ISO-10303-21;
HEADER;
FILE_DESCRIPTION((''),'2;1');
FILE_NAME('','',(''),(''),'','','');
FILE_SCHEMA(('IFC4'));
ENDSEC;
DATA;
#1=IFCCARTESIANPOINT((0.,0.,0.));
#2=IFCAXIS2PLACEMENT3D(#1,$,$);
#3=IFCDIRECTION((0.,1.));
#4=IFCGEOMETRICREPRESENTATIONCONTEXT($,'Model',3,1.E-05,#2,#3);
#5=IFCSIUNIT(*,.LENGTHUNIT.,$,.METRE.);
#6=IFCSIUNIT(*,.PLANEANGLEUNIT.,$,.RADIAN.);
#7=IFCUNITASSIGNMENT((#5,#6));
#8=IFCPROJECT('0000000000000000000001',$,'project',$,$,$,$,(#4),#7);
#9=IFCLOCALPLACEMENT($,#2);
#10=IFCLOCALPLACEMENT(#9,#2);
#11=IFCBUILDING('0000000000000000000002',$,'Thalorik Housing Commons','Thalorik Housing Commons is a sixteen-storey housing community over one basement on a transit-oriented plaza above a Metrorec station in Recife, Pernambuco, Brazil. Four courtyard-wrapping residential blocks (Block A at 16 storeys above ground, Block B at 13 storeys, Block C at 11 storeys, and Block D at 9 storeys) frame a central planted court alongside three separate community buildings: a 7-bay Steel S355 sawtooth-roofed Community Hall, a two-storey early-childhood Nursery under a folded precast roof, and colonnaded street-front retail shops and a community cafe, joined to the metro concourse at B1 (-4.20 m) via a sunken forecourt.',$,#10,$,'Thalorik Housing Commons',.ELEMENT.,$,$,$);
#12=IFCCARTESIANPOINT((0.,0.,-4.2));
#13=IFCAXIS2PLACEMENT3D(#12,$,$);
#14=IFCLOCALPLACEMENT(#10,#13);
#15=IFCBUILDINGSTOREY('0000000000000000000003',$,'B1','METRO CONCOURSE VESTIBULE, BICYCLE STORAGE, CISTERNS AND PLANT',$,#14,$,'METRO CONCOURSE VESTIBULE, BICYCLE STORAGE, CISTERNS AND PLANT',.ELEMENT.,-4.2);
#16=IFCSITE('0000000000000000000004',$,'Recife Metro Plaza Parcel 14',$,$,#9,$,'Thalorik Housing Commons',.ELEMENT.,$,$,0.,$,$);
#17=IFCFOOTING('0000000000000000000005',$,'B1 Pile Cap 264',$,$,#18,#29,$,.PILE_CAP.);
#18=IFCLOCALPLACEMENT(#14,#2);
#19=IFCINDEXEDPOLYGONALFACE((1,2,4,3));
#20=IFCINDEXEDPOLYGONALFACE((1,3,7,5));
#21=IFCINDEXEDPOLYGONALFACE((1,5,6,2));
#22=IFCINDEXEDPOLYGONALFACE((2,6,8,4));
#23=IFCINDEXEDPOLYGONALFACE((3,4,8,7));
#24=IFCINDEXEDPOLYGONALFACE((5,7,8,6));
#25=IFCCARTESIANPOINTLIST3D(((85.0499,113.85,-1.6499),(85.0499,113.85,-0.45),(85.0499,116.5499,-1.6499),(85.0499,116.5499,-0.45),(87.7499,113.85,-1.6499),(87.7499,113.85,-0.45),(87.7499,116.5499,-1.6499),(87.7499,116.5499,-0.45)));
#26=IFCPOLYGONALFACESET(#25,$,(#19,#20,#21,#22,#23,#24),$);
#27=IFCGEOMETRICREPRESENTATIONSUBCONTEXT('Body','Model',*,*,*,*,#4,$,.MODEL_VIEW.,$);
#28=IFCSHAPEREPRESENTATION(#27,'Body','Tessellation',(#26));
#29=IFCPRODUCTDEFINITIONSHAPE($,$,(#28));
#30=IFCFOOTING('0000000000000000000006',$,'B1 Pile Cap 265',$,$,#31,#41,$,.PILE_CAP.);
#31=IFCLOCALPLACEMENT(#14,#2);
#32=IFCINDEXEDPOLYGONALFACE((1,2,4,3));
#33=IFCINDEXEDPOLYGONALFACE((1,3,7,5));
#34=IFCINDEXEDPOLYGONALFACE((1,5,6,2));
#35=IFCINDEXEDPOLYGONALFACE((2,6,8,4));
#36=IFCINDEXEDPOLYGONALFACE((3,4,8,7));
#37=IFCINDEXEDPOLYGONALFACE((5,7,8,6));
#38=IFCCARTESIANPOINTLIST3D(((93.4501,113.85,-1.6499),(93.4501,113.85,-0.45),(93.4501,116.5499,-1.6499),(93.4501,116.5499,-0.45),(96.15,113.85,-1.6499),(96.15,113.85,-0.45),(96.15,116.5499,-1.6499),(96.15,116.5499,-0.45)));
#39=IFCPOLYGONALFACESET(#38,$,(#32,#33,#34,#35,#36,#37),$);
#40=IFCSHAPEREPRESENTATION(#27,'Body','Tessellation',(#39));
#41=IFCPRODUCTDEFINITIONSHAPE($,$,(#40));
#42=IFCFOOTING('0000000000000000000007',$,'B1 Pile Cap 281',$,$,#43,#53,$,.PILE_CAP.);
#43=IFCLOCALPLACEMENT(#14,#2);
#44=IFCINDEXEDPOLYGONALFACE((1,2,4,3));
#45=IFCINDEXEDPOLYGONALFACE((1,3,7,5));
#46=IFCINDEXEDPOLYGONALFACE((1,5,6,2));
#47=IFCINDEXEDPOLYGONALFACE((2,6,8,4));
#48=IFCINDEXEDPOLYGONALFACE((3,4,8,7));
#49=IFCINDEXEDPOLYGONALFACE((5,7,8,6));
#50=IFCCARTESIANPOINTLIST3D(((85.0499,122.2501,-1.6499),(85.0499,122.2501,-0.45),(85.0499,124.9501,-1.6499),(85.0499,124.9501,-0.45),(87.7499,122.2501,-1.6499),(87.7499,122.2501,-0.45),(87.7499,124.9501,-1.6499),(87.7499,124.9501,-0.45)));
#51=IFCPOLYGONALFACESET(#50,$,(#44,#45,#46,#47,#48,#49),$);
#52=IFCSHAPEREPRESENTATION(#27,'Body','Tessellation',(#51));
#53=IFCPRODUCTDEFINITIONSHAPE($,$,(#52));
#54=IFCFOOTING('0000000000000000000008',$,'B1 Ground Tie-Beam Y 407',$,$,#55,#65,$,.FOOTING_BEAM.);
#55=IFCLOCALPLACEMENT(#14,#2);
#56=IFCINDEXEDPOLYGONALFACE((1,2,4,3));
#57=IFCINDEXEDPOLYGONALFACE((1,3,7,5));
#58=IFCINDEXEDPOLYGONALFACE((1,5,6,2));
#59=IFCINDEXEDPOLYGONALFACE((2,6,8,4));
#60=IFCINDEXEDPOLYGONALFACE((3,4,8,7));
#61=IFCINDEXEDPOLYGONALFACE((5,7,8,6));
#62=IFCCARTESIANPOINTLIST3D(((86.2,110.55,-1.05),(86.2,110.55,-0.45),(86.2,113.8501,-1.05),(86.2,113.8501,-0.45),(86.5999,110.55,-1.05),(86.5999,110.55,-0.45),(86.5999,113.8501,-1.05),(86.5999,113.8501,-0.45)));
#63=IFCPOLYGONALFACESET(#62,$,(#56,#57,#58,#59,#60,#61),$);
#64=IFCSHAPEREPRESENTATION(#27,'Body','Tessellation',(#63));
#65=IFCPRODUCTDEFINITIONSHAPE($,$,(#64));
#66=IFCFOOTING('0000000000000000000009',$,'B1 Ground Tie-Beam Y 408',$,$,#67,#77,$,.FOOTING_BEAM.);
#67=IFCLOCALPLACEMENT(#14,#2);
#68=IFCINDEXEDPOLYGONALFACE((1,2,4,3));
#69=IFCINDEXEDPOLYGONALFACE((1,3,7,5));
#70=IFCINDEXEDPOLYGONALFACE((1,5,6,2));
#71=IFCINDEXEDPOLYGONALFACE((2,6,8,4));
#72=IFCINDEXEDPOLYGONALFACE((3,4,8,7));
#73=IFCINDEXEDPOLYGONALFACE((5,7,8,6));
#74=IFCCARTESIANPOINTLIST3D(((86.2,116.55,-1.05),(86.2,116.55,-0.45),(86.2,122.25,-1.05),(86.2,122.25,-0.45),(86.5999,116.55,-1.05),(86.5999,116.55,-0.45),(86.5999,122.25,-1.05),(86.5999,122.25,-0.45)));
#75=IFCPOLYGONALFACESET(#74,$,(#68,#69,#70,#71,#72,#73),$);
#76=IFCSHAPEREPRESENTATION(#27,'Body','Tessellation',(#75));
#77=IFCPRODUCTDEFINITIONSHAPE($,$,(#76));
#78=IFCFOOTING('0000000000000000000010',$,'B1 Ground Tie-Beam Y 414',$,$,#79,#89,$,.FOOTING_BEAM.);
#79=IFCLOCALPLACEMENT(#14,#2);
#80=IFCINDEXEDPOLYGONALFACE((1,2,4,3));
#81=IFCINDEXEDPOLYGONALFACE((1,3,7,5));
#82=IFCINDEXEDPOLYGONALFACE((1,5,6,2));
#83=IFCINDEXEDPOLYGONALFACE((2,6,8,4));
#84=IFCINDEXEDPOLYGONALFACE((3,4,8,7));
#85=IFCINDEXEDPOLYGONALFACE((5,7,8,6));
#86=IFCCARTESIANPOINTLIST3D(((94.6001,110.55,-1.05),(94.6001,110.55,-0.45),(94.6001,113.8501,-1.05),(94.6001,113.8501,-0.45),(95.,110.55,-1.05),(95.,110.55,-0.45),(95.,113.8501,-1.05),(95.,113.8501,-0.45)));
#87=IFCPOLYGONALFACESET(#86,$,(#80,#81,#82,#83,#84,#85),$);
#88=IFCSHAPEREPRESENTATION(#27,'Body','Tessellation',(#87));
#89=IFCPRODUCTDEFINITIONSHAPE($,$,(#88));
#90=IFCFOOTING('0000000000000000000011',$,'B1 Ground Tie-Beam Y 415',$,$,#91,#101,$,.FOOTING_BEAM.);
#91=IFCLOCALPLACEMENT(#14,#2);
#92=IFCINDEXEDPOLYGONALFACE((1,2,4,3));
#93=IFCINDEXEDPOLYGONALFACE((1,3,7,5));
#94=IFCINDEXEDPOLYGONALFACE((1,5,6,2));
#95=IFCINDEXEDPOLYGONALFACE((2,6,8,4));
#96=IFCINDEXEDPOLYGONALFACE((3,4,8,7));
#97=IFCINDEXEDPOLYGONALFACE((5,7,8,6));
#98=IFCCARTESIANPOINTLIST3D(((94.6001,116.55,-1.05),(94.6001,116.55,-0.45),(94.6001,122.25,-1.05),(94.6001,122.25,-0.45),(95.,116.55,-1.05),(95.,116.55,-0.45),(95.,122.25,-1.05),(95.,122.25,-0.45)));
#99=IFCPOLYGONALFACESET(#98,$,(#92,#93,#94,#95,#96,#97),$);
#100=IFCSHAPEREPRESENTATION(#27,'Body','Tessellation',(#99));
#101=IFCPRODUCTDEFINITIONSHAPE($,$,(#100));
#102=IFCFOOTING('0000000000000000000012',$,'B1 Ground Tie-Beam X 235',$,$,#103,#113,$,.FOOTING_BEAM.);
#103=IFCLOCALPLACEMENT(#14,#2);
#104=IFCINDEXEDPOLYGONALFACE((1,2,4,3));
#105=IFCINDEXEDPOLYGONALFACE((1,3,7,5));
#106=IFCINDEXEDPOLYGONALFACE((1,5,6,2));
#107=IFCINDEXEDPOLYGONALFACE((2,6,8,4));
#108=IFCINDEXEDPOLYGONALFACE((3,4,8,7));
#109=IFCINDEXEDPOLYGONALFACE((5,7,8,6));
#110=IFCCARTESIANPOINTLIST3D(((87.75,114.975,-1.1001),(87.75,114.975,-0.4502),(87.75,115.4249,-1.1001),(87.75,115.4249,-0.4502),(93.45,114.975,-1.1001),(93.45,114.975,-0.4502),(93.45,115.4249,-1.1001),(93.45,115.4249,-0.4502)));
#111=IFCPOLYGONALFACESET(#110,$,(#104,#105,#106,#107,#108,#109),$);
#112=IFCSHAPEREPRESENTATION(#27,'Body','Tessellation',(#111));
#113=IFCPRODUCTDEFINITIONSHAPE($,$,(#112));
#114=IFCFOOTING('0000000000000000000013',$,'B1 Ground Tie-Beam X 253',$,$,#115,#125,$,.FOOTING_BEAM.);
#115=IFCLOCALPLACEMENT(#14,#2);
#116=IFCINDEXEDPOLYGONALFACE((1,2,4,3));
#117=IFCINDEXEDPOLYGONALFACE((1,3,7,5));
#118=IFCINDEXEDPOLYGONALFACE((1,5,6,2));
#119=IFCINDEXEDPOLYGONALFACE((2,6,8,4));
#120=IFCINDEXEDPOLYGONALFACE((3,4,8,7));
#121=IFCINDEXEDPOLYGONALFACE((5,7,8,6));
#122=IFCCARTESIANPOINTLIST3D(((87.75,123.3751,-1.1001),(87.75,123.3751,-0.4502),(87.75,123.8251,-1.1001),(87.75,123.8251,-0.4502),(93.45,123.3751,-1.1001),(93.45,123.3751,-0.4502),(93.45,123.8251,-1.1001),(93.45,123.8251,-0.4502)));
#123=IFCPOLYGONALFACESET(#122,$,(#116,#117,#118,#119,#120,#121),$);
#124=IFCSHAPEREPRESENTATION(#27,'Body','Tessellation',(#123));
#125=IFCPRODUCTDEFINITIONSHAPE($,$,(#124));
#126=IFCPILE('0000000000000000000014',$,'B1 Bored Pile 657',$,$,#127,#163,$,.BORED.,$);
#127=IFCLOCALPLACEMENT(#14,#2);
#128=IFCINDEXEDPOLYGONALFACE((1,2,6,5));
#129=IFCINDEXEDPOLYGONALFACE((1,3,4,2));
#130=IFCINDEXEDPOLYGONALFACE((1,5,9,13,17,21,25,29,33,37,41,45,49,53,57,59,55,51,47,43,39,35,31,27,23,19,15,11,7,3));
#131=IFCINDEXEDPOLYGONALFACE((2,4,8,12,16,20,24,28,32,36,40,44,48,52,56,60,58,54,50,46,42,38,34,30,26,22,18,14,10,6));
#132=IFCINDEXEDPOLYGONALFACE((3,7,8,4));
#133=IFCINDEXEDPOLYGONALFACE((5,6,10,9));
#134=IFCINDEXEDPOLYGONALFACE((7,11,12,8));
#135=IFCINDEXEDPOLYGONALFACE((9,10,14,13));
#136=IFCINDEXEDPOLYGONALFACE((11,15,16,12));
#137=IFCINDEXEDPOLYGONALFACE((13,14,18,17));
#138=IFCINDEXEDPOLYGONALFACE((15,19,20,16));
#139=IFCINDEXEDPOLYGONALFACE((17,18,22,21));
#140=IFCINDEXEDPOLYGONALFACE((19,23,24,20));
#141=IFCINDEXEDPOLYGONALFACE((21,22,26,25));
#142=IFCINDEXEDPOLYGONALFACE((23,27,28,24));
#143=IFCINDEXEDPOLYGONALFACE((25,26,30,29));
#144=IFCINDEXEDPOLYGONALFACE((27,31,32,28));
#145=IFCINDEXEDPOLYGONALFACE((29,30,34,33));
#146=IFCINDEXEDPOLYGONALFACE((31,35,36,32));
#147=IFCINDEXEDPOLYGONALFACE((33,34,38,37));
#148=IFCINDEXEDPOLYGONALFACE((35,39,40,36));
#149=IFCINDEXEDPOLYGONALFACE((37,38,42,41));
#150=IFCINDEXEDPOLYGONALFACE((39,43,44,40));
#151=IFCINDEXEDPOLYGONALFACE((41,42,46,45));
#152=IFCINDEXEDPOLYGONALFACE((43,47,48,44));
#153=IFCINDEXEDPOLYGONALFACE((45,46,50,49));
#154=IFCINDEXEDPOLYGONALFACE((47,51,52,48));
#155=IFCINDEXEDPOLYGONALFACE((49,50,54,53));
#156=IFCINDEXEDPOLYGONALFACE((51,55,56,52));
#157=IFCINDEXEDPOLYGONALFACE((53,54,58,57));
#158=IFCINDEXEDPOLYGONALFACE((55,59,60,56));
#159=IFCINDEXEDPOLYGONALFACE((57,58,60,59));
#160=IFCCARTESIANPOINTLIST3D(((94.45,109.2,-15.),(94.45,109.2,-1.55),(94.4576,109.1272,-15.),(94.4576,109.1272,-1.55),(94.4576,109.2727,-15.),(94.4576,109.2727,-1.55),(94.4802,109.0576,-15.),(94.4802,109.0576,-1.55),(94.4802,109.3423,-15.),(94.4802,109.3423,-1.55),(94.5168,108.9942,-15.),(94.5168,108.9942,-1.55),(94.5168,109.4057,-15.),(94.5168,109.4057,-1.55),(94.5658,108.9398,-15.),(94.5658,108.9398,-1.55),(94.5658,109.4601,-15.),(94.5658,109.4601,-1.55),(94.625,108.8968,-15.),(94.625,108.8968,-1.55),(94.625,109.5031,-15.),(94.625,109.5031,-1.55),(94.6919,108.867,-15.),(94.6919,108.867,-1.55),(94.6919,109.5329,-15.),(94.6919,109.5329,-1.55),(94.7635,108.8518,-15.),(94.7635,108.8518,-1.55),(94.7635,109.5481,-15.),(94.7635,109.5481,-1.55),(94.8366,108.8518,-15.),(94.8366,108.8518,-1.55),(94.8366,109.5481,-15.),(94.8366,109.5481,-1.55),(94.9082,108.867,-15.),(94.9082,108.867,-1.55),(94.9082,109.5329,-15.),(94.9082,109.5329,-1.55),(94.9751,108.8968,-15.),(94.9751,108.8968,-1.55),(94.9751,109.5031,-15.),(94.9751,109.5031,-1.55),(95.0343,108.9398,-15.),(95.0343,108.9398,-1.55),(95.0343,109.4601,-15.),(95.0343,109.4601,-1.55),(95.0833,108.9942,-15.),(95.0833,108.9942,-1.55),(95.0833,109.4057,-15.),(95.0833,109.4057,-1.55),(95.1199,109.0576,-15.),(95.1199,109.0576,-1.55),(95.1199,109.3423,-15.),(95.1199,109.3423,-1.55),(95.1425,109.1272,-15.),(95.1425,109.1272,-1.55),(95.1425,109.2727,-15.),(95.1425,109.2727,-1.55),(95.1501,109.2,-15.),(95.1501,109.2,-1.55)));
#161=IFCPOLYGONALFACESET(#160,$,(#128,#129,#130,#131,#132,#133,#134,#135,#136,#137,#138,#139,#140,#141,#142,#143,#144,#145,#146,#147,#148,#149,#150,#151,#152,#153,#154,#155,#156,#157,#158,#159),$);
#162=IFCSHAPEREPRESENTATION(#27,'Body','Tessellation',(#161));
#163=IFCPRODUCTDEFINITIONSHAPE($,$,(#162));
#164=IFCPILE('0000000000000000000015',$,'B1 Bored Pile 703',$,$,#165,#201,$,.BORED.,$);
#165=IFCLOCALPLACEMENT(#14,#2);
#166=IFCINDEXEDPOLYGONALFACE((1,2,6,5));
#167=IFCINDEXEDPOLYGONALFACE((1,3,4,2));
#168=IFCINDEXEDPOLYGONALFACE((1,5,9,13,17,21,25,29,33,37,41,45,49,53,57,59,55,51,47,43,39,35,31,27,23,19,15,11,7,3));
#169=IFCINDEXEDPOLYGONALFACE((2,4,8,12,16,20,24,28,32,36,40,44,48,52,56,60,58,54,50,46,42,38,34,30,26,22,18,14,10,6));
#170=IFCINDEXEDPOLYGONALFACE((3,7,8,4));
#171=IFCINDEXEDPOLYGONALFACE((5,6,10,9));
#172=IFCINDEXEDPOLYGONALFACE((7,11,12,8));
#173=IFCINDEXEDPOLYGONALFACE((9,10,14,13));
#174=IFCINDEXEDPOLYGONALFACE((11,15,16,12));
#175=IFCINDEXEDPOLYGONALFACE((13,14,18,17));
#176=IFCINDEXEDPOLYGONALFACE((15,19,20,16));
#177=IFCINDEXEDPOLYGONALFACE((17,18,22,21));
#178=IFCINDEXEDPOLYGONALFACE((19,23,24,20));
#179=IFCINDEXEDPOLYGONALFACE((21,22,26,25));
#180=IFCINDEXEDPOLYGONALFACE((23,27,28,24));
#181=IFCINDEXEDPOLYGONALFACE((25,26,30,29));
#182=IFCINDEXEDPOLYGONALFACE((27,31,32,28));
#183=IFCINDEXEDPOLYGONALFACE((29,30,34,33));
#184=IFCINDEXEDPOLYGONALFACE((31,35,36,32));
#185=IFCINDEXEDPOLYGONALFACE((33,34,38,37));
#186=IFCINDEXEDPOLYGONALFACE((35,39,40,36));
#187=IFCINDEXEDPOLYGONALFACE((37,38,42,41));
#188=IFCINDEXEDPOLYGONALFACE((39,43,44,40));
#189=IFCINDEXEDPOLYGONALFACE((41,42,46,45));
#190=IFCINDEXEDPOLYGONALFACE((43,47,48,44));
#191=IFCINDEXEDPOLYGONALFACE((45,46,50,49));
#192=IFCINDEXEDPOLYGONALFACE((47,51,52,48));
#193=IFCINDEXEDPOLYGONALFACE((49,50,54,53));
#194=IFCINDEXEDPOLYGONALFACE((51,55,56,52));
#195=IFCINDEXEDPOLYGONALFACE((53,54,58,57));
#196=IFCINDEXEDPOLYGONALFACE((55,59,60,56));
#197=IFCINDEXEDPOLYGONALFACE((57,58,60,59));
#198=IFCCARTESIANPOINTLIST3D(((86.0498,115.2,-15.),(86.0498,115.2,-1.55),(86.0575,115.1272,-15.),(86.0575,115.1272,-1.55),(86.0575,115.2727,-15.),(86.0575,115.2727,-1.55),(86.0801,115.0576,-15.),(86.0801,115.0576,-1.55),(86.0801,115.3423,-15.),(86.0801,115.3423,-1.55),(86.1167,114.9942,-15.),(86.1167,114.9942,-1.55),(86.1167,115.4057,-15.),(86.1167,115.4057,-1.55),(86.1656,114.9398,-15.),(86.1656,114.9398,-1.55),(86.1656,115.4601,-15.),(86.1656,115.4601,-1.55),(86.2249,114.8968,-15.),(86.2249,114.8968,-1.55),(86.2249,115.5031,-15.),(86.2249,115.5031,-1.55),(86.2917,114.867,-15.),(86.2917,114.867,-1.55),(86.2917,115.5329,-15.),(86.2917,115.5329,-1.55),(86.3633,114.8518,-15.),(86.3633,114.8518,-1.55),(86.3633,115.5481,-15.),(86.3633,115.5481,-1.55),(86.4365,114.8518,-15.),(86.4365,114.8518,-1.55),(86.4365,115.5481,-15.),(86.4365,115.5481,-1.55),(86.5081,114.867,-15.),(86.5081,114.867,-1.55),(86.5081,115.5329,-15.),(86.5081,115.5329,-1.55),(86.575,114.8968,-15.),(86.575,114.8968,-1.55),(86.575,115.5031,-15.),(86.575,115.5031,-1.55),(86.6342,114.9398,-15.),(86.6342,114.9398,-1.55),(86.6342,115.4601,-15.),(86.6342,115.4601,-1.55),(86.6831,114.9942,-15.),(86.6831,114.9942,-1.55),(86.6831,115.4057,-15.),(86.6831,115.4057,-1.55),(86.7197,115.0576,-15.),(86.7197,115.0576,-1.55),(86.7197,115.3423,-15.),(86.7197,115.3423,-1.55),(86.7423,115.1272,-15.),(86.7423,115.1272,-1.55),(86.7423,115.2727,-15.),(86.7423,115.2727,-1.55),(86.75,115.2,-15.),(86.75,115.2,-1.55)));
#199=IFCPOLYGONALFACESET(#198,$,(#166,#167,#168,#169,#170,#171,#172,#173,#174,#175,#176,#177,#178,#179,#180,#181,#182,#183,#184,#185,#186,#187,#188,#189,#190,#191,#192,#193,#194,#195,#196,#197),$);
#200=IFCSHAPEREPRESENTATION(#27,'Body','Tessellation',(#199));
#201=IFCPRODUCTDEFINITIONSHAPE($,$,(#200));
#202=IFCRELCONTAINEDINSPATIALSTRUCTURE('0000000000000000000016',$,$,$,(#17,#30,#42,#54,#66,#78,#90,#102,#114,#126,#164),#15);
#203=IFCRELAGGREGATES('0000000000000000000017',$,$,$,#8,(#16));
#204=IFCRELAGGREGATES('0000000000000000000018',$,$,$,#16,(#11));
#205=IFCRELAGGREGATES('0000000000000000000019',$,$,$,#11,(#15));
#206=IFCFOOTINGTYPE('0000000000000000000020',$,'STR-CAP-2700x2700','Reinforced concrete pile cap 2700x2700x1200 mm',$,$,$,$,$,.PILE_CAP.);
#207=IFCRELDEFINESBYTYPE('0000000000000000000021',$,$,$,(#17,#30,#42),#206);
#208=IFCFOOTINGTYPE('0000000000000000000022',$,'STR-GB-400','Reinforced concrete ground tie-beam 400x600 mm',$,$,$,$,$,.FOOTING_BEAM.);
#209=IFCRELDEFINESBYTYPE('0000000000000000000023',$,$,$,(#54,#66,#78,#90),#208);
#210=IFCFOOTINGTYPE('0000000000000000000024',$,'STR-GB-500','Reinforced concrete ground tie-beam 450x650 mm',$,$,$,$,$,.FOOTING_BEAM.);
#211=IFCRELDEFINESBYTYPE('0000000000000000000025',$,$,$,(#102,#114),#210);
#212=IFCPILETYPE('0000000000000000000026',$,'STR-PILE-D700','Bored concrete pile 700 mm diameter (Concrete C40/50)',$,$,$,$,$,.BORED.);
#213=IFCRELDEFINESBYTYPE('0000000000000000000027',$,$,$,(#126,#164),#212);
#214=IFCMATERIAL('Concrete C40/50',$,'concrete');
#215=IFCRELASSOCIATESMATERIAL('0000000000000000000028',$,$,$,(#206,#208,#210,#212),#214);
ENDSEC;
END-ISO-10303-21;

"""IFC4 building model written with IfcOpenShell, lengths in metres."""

from ifc_helpers import new_model, si_unit, direction, frame, origin, origin_2d, place, context, subcontext, project, spatial, rectangle, circle, extrude, material, material_profile, profile_set, type_object, element, save


model = new_model("IFC4")

# Units and contexts
model_context = context("Model", 3, precision=1e-05, world=origin(), true_north=direction((0.0, 1.0)))
body_context = subcontext(model_context, "Body", "Model", "MODEL_VIEW")
ifc_project = project(units=[si_unit("LENGTHUNIT", "METRE"), si_unit("PLANEANGLEUNIT", "RADIAN")], contexts=[model_context])

# Site, building, storey
site_placement = place(None, origin())
site = spatial("IfcSite", under=ifc_project, at=site_placement, Name="Recife Metro Plaza Parcel 14", LongName="Thalorik Housing Commons", CompositionType="ELEMENT", RefElevation=0.0)
building_placement = place(site_placement, origin())
building = spatial("IfcBuilding", under=site, at=building_placement, Name="Thalorik Housing Commons", Description="Thalorik Housing Commons is a sixteen-storey housing community over one basement on a transit-oriented plaza above a Metrorec station in Recife, Pernambuco, Brazil. Four courtyard-wrapping residential blocks (Block A at 16 storeys above ground, Block B at 13 storeys, Block C at 11 storeys, and Block D at 9 storeys) frame a central planted court alongside three separate community buildings: a 7-bay Steel S355 sawtooth-roofed Community Hall, a two-storey early-childhood Nursery under a folded precast roof, and colonnaded street-front retail shops and a community cafe, joined to the metro concourse at B1 (-4.20 m) via a sunken forecourt.", LongName="Thalorik Housing Commons", CompositionType="ELEMENT")
storey_placement = place(building_placement, frame((0.0, 0.0, -4.2)))
storey = spatial("IfcBuildingStorey", under=building, at=storey_placement, Name="B1", Description="METRO CONCOURSE VESTIBULE, BICYCLE STORAGE, CISTERNS AND PLANT", LongName="METRO CONCOURSE VESTIBULE, BICYCLE STORAGE, CISTERNS AND PLANT", CompositionType="ELEMENT", Elevation=-4.2)

# Footings
ifc_material_1 = material(Name="Concrete C40/50", Category="concrete")
footing_type_1 = type_object("IfcFootingType", Name="STR-CAP-2700x2700", Description="Reinforced concrete pile cap 2700x2700x1200 mm", PredefinedType="PILE_CAP", material=ifc_material_1)
for number, where, z_axis, x_axis, name in (
    (1, (86.3999, 115.2, -1.6499), (0.0, 0.0, 1.0), (1.0, 0.0, 0.0), "B1 Pile Cap 264"),
    (2, (94.8, 115.2, -1.6499), (0.0, 0.0, 1.0), (1.0, 0.0, 0.0), "B1 Pile Cap 265"),
    (3, (86.3999, 123.6001, -1.6499), (0.0, 0.0, 1.0), (1.0, 0.0, 0.0), "B1 Pile Cap 281"),
):
    element("IfcFooting", number, at=place(storey_placement, frame(where, z_axis=z_axis, x_axis=x_axis)), inside=storey, type_object=footing_type_1, Name=name, PredefinedType="PILE_CAP", context=body_context, shape_type="SweptSolid", body=[
        extrude(rectangle(XDim=2.7, YDim=2.7, at=origin_2d()), origin(), (0.0, 0.0, 1.0), 1.2),
    ])
ifc_material_profile_1 = material_profile(ifc_material_1, rectangle(XDim=0.3999, YDim=0.6001, at=origin_2d()), Name="RC 400x600", Category="concrete")
ifc_profile_set_1 = profile_set([ifc_material_profile_1], Name="Concrete C40/50")
footing_type_2 = type_object("IfcFootingType", Name="STR-GB-400", Description="Reinforced concrete ground tie-beam 400x600 mm", PredefinedType="FOOTING_BEAM", material=ifc_profile_set_1)
footing_1_placement = place(storey_placement, frame((86.3999, 110.55, -0.75), z_axis=(0.0, 1.0, 0.0), x_axis=(-1.0, 0.0, 0.0)))
element("IfcFooting", 4, at=footing_1_placement, inside=storey, type_object=footing_type_2, Name="B1 Ground Tie-Beam Y 407", PredefinedType="FOOTING_BEAM", context=body_context, shape_type="SweptSolid", body=[
    extrude(rectangle(XDim=0.3999, YDim=0.6001, at=origin_2d()), origin(), (0.0, 0.0, 1.0), 3.3),
])
footing_2_placement = place(storey_placement, frame((86.3999, 116.55, -0.75), z_axis=(0.0, 1.0, 0.0), x_axis=(-1.0, 0.0, 0.0)))
element("IfcFooting", 5, at=footing_2_placement, inside=storey, type_object=footing_type_2, Name="B1 Ground Tie-Beam Y 408", PredefinedType="FOOTING_BEAM", context=body_context, shape_type="SweptSolid", body=[
    extrude(rectangle(XDim=0.3999, YDim=0.6001, at=origin_2d()), origin(), (0.0, 0.0, 1.0), 5.7),
])
footing_3_placement = place(storey_placement, frame((94.8, 110.55, -0.75), z_axis=(0.0, 1.0, 0.0), x_axis=(-1.0, 0.0, 0.0)))
element("IfcFooting", 6, at=footing_3_placement, inside=storey, type_object=footing_type_2, Name="B1 Ground Tie-Beam Y 414", PredefinedType="FOOTING_BEAM", context=body_context, shape_type="SweptSolid", body=[
    extrude(rectangle(XDim=0.3999, YDim=0.6001, at=origin_2d()), origin(), (0.0, 0.0, 1.0), 3.3),
])
footing_4_placement = place(storey_placement, frame((94.8, 116.55, -0.75), z_axis=(0.0, 1.0, 0.0), x_axis=(-1.0, 0.0, 0.0)))
element("IfcFooting", 7, at=footing_4_placement, inside=storey, type_object=footing_type_2, Name="B1 Ground Tie-Beam Y 415", PredefinedType="FOOTING_BEAM", context=body_context, shape_type="SweptSolid", body=[
    extrude(rectangle(XDim=0.3999, YDim=0.6001, at=origin_2d()), origin(), (0.0, 0.0, 1.0), 5.7),
])
ifc_material_profile_2 = material_profile(ifc_material_1, rectangle(XDim=0.45, YDim=0.6499, at=origin_2d()), Name="RC 450x650", Category="concrete")
ifc_profile_set_2 = profile_set([ifc_material_profile_2], Name="Concrete C40/50")
footing_type_3 = type_object("IfcFootingType", Name="STR-GB-500", Description="Reinforced concrete ground tie-beam 450x650 mm", PredefinedType="FOOTING_BEAM", material=ifc_profile_set_2)
for number, where, z_axis, x_axis, name in (
    (8, (87.75, 115.2, -0.7751), (1.0, 0.0, 0.0), (0.0, 1.0, 0.0), "B1 Ground Tie-Beam X 235"),
    (9, (87.75, 123.6001, -0.7751), (1.0, 0.0, 0.0), (0.0, 1.0, 0.0), "B1 Ground Tie-Beam X 253"),
):
    element("IfcFooting", number, at=place(storey_placement, frame(where, z_axis=z_axis, x_axis=x_axis)), inside=storey, type_object=footing_type_3, Name=name, PredefinedType="FOOTING_BEAM", context=body_context, shape_type="SweptSolid", body=[
        extrude(rectangle(XDim=0.45, YDim=0.6499, at=origin_2d()), origin(), (0.0, 0.0, 1.0), 5.7),
    ])

# Piles
ifc_material_profile_3 = material_profile(ifc_material_1, circle(Radius=0.3501, at=origin_2d()), Name="BORED PILE D700", Category="concrete")
ifc_profile_set_3 = profile_set([ifc_material_profile_3], Name="Concrete C40/50")
pile_type = type_object("IfcPileType", Name="STR-PILE-D700", Description="Bored concrete pile 700 mm diameter (Concrete C40/50)", PredefinedType="BORED", material=ifc_profile_set_3)
for number, where, z_axis, x_axis, name in (
    (10, (94.8, 109.2, -1.55), (0.0, 0.0, -1.0), (1.0, 0.0, 0.0), "B1 Bored Pile 657"),
    (11, (86.3999, 115.2, -1.55), (0.0, 0.0, -1.0), (1.0, 0.0, 0.0), "B1 Bored Pile 703"),
):
    element("IfcPile", number, at=place(storey_placement, frame(where, z_axis=z_axis, x_axis=x_axis)), inside=storey, type_object=pile_type, Name=name, PredefinedType="BORED", context=body_context, shape_type="SweptSolid", body=[
        extrude(circle(Radius=0.3501, at=origin_2d()), origin(), (0.0, 0.0, 1.0), 13.45),
    ])

save(model, "model.ifc")
